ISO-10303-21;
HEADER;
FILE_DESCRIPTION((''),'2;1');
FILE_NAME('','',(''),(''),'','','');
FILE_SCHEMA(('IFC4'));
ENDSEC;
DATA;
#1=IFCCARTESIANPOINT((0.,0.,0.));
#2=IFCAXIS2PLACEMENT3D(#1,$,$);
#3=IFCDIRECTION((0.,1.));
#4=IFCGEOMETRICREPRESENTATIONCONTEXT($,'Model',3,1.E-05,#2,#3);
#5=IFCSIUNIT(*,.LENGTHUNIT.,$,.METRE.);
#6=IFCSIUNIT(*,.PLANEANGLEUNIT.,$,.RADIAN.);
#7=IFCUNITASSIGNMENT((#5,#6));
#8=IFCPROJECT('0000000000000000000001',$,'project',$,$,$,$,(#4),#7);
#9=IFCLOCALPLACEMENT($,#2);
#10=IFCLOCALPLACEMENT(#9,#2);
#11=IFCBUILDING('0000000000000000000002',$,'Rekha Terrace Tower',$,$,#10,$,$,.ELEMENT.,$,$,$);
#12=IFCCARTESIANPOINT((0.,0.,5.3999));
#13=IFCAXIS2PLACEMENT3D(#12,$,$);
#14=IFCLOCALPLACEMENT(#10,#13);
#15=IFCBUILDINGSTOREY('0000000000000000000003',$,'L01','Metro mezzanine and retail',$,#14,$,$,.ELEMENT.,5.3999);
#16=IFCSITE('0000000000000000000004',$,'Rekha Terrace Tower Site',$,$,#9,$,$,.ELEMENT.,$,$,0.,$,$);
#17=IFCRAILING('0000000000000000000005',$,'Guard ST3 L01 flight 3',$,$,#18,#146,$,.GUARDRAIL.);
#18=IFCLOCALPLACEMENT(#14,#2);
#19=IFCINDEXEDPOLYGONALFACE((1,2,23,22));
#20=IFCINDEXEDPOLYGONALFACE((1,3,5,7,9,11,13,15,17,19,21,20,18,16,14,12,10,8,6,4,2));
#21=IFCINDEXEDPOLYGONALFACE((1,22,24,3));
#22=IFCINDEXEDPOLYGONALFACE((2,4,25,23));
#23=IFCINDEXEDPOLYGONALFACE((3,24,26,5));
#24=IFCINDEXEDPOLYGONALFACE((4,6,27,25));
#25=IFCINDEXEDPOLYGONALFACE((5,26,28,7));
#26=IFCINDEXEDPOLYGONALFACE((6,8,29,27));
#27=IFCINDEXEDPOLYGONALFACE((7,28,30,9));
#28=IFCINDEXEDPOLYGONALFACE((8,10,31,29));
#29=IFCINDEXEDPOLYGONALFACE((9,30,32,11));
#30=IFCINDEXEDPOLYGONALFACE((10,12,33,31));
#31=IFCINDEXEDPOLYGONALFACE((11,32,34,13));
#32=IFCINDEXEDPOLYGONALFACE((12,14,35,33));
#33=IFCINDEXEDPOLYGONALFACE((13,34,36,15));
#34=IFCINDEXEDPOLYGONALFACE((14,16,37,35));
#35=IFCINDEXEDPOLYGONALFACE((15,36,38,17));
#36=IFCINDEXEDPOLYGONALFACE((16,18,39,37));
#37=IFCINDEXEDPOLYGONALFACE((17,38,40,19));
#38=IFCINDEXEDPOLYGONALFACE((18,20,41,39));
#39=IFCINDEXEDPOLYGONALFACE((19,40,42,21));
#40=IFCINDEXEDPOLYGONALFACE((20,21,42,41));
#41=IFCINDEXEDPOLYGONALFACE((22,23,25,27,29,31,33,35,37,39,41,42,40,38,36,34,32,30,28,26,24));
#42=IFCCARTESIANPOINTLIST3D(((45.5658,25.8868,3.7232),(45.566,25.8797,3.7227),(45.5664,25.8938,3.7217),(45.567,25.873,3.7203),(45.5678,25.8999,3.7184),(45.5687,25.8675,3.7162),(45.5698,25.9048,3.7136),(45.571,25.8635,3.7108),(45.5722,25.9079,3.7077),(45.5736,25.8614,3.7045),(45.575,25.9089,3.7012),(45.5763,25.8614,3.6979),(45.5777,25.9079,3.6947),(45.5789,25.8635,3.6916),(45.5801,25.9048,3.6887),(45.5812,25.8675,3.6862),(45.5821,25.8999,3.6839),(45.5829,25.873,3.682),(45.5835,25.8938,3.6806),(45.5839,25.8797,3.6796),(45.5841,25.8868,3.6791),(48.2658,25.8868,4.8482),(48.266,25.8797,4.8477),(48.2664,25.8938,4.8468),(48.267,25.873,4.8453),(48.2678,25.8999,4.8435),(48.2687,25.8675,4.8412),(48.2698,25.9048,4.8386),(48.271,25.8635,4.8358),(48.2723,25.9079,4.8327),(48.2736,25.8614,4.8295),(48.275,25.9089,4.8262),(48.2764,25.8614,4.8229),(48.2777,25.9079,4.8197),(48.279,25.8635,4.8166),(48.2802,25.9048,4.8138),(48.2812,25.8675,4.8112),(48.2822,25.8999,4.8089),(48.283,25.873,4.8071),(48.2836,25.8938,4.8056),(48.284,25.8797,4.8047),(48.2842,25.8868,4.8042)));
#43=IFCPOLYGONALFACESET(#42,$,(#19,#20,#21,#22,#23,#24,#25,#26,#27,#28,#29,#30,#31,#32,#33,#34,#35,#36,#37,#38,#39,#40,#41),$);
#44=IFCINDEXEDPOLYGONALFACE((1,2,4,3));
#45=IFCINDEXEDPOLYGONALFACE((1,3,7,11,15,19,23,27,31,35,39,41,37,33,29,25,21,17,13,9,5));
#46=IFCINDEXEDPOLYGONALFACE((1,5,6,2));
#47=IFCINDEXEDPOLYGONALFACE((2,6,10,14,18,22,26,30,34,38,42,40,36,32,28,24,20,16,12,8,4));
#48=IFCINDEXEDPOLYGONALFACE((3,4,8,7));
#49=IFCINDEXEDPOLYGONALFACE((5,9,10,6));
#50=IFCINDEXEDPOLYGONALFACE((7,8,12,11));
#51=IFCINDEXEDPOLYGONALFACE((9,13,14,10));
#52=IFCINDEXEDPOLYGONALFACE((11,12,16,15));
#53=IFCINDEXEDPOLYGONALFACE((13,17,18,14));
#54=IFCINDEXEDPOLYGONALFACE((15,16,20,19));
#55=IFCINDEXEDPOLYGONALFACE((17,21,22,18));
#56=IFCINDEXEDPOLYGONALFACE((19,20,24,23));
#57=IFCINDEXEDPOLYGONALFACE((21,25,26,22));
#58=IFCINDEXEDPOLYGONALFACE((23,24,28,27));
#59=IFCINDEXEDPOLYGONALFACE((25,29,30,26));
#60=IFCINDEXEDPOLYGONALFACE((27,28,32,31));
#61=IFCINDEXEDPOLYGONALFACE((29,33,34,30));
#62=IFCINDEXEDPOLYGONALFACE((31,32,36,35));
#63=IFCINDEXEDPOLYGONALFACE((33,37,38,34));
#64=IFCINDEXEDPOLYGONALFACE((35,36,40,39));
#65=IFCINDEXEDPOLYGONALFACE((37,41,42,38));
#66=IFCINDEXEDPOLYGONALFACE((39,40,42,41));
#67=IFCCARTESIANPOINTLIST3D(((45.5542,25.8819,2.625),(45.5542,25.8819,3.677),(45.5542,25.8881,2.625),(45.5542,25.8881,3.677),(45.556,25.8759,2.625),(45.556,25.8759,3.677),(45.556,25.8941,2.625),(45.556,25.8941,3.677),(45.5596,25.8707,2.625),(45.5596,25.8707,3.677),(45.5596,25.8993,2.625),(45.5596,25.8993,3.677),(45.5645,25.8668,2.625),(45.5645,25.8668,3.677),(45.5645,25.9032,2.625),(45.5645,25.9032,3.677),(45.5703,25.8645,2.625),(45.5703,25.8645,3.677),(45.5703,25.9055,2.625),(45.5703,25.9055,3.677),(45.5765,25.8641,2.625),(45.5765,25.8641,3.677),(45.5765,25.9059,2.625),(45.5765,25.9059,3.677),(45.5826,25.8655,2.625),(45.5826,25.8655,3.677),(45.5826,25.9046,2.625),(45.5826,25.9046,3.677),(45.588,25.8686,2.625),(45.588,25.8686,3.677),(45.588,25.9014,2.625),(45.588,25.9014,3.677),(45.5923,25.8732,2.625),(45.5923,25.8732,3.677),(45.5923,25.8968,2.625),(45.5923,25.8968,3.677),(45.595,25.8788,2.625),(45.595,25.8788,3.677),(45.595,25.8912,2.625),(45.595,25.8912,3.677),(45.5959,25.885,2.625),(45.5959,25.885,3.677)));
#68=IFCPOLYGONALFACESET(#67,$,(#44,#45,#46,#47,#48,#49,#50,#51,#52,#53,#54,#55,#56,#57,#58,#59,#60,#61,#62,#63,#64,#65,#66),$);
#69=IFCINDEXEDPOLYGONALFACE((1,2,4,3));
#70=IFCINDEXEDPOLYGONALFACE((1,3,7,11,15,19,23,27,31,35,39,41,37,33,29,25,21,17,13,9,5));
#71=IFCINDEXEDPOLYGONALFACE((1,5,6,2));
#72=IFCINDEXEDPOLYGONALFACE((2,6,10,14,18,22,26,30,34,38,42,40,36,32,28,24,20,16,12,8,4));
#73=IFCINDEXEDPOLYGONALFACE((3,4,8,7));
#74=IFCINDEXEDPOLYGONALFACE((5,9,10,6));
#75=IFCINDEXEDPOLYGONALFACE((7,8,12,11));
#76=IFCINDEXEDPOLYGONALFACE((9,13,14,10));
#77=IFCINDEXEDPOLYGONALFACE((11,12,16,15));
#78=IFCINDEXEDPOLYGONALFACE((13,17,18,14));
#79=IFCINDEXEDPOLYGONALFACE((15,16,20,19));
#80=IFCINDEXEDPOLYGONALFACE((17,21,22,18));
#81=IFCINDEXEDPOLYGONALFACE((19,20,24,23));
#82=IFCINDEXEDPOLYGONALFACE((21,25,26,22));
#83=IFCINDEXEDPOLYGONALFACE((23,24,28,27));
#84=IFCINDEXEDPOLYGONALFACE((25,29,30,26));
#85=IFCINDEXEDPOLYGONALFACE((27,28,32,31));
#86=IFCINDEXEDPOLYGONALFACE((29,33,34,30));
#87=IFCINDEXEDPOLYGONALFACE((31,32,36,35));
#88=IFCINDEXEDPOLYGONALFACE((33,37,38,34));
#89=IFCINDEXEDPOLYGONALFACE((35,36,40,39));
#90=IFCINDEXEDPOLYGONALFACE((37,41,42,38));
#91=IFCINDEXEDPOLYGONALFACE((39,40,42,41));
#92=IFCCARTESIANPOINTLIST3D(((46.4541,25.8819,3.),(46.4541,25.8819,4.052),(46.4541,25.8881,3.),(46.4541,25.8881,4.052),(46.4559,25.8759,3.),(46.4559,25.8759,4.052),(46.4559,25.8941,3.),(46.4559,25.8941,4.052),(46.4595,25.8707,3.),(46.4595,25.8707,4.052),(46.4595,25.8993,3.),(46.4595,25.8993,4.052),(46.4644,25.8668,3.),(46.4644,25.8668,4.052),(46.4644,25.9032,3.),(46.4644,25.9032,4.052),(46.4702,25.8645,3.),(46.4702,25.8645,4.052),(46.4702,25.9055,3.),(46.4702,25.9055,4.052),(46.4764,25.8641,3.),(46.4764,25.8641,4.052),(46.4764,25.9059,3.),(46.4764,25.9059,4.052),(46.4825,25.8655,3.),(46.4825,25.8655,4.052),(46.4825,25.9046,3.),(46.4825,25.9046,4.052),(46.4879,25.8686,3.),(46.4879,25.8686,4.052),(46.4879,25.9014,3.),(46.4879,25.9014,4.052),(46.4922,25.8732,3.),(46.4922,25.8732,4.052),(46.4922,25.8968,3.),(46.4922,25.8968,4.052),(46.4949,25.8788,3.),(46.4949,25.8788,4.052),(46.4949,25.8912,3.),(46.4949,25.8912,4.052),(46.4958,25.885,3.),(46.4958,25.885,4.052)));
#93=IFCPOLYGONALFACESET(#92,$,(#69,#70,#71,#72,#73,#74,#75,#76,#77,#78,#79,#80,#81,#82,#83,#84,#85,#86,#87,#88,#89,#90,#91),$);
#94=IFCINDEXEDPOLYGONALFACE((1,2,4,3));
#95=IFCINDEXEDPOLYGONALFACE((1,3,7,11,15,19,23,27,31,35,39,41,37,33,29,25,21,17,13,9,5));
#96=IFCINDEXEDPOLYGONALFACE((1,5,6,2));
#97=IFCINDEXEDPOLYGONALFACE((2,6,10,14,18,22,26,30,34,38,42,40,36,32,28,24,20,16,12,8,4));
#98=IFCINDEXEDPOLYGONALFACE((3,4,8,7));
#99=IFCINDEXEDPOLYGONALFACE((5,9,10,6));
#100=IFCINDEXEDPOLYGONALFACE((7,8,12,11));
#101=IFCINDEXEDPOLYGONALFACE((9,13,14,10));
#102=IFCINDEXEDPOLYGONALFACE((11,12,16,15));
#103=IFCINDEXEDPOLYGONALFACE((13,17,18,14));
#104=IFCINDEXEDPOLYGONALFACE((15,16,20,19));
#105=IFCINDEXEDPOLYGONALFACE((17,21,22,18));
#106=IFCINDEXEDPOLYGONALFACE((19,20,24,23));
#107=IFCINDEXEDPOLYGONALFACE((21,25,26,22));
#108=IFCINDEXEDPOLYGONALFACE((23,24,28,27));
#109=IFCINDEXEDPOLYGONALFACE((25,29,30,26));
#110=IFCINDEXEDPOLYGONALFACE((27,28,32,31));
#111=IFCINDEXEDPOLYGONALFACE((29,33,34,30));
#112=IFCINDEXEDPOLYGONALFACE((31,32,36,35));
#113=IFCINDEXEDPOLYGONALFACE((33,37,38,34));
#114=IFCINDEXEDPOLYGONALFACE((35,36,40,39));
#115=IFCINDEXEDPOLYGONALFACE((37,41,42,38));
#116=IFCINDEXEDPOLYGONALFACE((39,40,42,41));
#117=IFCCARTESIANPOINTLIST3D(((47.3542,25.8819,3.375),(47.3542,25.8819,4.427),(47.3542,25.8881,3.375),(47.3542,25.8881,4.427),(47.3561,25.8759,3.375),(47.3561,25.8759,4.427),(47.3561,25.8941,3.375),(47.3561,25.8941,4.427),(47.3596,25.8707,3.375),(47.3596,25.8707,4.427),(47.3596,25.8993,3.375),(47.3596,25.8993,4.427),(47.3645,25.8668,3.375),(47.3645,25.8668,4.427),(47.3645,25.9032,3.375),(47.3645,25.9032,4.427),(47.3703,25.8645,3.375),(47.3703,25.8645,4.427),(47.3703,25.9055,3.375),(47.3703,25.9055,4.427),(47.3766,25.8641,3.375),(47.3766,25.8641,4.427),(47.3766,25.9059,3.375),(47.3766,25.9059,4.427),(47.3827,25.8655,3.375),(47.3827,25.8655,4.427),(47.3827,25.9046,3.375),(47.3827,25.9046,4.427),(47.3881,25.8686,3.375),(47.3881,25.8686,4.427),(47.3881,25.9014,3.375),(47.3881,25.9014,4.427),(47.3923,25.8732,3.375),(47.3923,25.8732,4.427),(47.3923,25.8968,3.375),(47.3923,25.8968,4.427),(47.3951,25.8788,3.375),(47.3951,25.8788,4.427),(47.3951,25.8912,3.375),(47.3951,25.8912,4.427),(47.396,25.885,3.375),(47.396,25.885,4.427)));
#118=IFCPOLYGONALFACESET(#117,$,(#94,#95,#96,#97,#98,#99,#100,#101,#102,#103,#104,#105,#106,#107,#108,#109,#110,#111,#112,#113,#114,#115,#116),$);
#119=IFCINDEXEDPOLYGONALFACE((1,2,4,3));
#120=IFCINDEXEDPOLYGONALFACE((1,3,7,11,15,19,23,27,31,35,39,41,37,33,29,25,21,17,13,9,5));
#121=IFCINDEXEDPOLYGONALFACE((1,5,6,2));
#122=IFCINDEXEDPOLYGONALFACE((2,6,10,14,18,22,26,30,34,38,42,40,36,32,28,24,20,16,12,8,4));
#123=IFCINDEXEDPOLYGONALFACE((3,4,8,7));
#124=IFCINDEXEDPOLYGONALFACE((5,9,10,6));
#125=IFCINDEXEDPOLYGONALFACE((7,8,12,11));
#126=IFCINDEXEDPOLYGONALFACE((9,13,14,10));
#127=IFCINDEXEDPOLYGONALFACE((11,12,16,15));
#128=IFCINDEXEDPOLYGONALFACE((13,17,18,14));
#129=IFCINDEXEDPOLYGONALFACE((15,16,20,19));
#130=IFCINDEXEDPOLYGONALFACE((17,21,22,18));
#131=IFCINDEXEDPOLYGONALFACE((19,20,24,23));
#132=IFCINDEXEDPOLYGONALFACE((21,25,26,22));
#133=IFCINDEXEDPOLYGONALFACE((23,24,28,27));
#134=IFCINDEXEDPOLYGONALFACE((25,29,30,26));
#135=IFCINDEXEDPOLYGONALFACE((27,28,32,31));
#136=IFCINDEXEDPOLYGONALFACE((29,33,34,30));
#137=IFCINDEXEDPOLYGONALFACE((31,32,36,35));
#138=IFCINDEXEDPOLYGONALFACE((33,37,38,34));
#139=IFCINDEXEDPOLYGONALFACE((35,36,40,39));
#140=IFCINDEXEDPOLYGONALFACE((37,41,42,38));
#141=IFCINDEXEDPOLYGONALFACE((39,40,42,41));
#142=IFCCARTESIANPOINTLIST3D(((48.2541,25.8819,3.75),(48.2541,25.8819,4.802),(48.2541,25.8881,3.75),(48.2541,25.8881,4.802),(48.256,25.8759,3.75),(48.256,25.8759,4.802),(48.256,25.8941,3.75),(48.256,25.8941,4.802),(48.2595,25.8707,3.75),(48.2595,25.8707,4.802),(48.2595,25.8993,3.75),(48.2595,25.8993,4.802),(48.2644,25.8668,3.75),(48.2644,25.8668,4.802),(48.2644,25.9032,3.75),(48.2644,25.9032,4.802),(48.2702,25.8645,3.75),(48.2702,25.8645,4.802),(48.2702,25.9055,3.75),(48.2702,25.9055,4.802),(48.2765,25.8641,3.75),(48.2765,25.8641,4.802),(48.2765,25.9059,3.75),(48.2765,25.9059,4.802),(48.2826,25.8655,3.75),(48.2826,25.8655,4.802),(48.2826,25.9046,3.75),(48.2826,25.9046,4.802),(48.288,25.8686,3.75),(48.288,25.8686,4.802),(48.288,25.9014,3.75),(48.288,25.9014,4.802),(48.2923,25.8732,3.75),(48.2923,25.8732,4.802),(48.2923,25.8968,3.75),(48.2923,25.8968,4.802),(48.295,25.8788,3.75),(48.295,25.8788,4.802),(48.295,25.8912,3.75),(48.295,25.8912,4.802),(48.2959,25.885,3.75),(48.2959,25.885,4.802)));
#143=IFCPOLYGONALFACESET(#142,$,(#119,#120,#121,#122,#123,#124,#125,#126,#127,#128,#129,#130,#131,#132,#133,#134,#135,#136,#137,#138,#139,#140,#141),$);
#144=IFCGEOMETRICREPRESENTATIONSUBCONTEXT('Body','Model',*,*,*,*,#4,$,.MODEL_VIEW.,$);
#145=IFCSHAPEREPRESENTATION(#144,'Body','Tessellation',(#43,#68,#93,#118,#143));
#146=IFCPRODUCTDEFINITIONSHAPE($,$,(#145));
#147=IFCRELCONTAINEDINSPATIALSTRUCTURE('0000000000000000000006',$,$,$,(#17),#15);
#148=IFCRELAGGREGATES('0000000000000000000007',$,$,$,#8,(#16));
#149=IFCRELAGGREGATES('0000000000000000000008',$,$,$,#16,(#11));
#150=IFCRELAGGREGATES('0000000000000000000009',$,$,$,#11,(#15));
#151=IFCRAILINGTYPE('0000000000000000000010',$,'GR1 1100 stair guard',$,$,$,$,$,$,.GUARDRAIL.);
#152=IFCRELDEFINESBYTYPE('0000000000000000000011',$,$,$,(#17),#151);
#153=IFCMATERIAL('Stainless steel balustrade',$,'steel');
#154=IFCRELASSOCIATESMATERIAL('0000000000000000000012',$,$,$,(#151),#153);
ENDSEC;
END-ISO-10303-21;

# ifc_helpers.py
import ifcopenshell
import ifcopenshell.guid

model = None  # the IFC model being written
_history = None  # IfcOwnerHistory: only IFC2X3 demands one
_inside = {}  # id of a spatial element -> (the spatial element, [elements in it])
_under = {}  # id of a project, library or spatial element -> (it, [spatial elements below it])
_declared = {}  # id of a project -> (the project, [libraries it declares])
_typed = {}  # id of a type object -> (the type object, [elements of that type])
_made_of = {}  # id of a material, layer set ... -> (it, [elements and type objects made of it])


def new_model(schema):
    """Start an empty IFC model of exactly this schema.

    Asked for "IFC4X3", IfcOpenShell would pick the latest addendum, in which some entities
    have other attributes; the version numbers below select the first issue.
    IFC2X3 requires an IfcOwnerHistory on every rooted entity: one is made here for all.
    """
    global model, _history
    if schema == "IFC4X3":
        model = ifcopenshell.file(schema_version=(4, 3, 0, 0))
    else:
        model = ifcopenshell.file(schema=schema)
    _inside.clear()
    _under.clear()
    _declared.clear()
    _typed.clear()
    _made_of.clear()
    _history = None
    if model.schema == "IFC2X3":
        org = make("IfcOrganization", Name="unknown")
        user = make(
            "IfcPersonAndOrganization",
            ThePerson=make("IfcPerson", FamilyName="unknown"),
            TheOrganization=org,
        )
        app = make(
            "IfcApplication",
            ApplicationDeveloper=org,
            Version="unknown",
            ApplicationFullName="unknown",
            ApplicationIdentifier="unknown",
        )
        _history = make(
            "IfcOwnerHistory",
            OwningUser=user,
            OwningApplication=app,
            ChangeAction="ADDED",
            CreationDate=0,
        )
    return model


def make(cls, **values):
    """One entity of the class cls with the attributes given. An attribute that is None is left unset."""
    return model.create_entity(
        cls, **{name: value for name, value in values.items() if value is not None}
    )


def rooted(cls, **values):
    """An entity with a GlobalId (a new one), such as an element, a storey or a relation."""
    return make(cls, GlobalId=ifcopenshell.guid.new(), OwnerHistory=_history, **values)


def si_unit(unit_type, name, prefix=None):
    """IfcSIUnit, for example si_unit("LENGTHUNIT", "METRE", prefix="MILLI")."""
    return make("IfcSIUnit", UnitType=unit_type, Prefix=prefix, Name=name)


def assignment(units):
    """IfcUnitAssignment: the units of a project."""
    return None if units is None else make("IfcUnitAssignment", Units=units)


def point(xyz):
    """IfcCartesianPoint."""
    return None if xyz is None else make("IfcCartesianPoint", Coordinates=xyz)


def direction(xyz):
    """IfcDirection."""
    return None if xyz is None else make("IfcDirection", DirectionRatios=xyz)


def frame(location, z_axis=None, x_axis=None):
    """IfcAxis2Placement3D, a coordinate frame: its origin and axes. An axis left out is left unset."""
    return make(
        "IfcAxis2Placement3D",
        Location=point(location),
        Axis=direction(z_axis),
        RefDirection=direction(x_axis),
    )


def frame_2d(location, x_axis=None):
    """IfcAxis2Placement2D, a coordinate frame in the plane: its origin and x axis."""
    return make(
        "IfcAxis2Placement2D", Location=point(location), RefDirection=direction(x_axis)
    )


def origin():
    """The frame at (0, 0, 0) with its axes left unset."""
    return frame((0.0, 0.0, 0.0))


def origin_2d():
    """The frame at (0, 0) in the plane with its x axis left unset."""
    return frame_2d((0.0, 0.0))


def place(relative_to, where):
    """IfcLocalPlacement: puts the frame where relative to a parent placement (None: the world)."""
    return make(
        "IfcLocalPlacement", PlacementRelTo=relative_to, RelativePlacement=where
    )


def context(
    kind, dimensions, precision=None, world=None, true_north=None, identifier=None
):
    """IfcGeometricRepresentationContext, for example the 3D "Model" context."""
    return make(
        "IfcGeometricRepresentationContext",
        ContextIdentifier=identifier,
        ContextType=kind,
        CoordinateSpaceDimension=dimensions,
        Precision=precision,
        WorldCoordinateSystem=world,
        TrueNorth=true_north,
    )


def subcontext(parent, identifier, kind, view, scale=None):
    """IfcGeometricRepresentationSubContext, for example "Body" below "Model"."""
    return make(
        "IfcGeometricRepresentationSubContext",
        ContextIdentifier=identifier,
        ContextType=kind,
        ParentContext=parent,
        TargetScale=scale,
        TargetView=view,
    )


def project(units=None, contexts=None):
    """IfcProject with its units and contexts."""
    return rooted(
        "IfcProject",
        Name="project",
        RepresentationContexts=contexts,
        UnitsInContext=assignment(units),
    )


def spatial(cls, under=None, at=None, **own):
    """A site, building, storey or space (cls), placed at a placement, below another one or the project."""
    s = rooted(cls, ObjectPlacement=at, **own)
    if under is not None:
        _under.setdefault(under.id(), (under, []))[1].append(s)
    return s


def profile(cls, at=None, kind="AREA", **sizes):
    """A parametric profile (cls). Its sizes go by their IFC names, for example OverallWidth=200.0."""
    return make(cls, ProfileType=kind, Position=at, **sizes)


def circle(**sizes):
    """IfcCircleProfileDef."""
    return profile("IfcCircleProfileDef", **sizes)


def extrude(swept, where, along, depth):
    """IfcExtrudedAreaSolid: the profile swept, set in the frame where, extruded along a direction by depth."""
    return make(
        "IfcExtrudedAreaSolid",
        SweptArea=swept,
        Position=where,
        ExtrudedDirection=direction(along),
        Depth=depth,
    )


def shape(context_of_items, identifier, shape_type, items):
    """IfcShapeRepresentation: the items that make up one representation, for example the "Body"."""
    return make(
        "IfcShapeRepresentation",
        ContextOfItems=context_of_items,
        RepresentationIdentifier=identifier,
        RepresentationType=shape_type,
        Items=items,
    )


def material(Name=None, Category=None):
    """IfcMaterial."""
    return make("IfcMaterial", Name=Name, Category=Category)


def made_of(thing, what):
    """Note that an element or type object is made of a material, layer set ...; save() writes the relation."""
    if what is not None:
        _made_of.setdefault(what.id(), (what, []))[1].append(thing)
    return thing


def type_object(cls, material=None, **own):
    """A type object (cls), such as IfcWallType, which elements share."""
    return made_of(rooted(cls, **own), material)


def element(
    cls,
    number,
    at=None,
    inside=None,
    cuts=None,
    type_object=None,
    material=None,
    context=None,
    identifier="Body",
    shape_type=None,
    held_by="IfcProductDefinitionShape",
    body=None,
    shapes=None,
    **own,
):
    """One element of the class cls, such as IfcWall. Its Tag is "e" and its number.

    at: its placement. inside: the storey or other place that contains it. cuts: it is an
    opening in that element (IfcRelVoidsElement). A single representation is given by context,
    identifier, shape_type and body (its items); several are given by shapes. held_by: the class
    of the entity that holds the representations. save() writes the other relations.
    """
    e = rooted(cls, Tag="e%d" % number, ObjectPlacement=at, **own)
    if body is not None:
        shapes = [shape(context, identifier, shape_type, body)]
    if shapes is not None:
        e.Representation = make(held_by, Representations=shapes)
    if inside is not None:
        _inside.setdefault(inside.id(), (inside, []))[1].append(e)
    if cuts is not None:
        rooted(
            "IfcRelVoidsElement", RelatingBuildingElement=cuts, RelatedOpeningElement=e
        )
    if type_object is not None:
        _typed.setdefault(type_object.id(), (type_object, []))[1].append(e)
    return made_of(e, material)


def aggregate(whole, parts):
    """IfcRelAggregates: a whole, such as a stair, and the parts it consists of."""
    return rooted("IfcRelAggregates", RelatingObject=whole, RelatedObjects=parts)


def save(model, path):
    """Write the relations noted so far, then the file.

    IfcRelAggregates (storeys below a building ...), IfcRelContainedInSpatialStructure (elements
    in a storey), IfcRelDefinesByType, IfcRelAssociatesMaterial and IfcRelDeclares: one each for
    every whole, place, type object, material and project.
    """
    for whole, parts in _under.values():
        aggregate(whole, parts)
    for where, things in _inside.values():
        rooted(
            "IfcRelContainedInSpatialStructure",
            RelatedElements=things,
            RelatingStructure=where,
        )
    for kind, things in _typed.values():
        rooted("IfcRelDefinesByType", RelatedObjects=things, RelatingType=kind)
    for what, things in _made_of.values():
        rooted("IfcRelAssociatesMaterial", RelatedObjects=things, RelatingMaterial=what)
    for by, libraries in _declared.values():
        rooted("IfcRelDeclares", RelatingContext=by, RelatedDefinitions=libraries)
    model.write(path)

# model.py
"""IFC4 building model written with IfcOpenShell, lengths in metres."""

from ifc_helpers import new_model, si_unit, direction, frame, origin, origin_2d, place, context, subcontext, project, spatial, circle, extrude, material, type_object, element, save


model = new_model("IFC4")

# Units and contexts
model_context = context("Model", 3, precision=1e-05, world=origin(), true_north=direction((0.0, 1.0)))
body_context = subcontext(model_context, "Body", "Model", "MODEL_VIEW")
ifc_project = project(units=[si_unit("LENGTHUNIT", "METRE"), si_unit("PLANEANGLEUNIT", "RADIAN")], contexts=[model_context])

# Site, building, storey
site_placement = place(None, origin())
site = spatial("IfcSite", under=ifc_project, at=site_placement, Name="Rekha Terrace Tower Site", CompositionType="ELEMENT", RefElevation=0.0)
building_placement = place(site_placement, origin())
building = spatial("IfcBuilding", under=site, at=building_placement, Name="Rekha Terrace Tower", CompositionType="ELEMENT")
storey_placement = place(building_placement, frame((0.0, 0.0, 5.3999)))
storey = spatial("IfcBuildingStorey", under=building, at=storey_placement, Name="L01", Description="Metro mezzanine and retail", CompositionType="ELEMENT", Elevation=5.3999)

# Railing
ifc_material_1 = material(Name="Stainless steel balustrade", Category="steel")
railing_type_1 = type_object("IfcRailingType", Name="GR1 1100 stair guard", PredefinedType="GUARDRAIL", material=ifc_material_1)
railing_1_placement = place(storey_placement, frame((45.575, 25.885, 2.625)))
element("IfcRailing", 1, at=railing_1_placement, inside=storey, type_object=railing_type_1, Name="Guard ST3 L01 flight 3", PredefinedType="GUARDRAIL", context=body_context, shape_type="SweptSolid", body=[
    extrude(circle(Radius=0.0239, at=origin_2d()), frame((0.0, 0.0, 1.0762), z_axis=(0.923074, 0.0, 0.384621), x_axis=(0.0, 1.0, 0.0)), (0.0, 0.0, 1.0), 2.925),
    extrude(circle(Radius=0.021, at=origin_2d()), origin(), (0.0, 0.0, 1.0), 1.052),
    extrude(circle(Radius=0.021, at=origin_2d()), frame((0.8999, 0.0, 0.375)), (0.0, 0.0, 1.0), 1.052),
    extrude(circle(Radius=0.021, at=origin_2d()), frame((1.8, 0.0, 0.75)), (0.0, 0.0, 1.0), 1.052),
    extrude(circle(Radius=0.021, at=origin_2d()), frame((2.7, 0.0, 1.125)), (0.0, 0.0, 1.0), 1.052),
])

save(model, "model.ifc")
